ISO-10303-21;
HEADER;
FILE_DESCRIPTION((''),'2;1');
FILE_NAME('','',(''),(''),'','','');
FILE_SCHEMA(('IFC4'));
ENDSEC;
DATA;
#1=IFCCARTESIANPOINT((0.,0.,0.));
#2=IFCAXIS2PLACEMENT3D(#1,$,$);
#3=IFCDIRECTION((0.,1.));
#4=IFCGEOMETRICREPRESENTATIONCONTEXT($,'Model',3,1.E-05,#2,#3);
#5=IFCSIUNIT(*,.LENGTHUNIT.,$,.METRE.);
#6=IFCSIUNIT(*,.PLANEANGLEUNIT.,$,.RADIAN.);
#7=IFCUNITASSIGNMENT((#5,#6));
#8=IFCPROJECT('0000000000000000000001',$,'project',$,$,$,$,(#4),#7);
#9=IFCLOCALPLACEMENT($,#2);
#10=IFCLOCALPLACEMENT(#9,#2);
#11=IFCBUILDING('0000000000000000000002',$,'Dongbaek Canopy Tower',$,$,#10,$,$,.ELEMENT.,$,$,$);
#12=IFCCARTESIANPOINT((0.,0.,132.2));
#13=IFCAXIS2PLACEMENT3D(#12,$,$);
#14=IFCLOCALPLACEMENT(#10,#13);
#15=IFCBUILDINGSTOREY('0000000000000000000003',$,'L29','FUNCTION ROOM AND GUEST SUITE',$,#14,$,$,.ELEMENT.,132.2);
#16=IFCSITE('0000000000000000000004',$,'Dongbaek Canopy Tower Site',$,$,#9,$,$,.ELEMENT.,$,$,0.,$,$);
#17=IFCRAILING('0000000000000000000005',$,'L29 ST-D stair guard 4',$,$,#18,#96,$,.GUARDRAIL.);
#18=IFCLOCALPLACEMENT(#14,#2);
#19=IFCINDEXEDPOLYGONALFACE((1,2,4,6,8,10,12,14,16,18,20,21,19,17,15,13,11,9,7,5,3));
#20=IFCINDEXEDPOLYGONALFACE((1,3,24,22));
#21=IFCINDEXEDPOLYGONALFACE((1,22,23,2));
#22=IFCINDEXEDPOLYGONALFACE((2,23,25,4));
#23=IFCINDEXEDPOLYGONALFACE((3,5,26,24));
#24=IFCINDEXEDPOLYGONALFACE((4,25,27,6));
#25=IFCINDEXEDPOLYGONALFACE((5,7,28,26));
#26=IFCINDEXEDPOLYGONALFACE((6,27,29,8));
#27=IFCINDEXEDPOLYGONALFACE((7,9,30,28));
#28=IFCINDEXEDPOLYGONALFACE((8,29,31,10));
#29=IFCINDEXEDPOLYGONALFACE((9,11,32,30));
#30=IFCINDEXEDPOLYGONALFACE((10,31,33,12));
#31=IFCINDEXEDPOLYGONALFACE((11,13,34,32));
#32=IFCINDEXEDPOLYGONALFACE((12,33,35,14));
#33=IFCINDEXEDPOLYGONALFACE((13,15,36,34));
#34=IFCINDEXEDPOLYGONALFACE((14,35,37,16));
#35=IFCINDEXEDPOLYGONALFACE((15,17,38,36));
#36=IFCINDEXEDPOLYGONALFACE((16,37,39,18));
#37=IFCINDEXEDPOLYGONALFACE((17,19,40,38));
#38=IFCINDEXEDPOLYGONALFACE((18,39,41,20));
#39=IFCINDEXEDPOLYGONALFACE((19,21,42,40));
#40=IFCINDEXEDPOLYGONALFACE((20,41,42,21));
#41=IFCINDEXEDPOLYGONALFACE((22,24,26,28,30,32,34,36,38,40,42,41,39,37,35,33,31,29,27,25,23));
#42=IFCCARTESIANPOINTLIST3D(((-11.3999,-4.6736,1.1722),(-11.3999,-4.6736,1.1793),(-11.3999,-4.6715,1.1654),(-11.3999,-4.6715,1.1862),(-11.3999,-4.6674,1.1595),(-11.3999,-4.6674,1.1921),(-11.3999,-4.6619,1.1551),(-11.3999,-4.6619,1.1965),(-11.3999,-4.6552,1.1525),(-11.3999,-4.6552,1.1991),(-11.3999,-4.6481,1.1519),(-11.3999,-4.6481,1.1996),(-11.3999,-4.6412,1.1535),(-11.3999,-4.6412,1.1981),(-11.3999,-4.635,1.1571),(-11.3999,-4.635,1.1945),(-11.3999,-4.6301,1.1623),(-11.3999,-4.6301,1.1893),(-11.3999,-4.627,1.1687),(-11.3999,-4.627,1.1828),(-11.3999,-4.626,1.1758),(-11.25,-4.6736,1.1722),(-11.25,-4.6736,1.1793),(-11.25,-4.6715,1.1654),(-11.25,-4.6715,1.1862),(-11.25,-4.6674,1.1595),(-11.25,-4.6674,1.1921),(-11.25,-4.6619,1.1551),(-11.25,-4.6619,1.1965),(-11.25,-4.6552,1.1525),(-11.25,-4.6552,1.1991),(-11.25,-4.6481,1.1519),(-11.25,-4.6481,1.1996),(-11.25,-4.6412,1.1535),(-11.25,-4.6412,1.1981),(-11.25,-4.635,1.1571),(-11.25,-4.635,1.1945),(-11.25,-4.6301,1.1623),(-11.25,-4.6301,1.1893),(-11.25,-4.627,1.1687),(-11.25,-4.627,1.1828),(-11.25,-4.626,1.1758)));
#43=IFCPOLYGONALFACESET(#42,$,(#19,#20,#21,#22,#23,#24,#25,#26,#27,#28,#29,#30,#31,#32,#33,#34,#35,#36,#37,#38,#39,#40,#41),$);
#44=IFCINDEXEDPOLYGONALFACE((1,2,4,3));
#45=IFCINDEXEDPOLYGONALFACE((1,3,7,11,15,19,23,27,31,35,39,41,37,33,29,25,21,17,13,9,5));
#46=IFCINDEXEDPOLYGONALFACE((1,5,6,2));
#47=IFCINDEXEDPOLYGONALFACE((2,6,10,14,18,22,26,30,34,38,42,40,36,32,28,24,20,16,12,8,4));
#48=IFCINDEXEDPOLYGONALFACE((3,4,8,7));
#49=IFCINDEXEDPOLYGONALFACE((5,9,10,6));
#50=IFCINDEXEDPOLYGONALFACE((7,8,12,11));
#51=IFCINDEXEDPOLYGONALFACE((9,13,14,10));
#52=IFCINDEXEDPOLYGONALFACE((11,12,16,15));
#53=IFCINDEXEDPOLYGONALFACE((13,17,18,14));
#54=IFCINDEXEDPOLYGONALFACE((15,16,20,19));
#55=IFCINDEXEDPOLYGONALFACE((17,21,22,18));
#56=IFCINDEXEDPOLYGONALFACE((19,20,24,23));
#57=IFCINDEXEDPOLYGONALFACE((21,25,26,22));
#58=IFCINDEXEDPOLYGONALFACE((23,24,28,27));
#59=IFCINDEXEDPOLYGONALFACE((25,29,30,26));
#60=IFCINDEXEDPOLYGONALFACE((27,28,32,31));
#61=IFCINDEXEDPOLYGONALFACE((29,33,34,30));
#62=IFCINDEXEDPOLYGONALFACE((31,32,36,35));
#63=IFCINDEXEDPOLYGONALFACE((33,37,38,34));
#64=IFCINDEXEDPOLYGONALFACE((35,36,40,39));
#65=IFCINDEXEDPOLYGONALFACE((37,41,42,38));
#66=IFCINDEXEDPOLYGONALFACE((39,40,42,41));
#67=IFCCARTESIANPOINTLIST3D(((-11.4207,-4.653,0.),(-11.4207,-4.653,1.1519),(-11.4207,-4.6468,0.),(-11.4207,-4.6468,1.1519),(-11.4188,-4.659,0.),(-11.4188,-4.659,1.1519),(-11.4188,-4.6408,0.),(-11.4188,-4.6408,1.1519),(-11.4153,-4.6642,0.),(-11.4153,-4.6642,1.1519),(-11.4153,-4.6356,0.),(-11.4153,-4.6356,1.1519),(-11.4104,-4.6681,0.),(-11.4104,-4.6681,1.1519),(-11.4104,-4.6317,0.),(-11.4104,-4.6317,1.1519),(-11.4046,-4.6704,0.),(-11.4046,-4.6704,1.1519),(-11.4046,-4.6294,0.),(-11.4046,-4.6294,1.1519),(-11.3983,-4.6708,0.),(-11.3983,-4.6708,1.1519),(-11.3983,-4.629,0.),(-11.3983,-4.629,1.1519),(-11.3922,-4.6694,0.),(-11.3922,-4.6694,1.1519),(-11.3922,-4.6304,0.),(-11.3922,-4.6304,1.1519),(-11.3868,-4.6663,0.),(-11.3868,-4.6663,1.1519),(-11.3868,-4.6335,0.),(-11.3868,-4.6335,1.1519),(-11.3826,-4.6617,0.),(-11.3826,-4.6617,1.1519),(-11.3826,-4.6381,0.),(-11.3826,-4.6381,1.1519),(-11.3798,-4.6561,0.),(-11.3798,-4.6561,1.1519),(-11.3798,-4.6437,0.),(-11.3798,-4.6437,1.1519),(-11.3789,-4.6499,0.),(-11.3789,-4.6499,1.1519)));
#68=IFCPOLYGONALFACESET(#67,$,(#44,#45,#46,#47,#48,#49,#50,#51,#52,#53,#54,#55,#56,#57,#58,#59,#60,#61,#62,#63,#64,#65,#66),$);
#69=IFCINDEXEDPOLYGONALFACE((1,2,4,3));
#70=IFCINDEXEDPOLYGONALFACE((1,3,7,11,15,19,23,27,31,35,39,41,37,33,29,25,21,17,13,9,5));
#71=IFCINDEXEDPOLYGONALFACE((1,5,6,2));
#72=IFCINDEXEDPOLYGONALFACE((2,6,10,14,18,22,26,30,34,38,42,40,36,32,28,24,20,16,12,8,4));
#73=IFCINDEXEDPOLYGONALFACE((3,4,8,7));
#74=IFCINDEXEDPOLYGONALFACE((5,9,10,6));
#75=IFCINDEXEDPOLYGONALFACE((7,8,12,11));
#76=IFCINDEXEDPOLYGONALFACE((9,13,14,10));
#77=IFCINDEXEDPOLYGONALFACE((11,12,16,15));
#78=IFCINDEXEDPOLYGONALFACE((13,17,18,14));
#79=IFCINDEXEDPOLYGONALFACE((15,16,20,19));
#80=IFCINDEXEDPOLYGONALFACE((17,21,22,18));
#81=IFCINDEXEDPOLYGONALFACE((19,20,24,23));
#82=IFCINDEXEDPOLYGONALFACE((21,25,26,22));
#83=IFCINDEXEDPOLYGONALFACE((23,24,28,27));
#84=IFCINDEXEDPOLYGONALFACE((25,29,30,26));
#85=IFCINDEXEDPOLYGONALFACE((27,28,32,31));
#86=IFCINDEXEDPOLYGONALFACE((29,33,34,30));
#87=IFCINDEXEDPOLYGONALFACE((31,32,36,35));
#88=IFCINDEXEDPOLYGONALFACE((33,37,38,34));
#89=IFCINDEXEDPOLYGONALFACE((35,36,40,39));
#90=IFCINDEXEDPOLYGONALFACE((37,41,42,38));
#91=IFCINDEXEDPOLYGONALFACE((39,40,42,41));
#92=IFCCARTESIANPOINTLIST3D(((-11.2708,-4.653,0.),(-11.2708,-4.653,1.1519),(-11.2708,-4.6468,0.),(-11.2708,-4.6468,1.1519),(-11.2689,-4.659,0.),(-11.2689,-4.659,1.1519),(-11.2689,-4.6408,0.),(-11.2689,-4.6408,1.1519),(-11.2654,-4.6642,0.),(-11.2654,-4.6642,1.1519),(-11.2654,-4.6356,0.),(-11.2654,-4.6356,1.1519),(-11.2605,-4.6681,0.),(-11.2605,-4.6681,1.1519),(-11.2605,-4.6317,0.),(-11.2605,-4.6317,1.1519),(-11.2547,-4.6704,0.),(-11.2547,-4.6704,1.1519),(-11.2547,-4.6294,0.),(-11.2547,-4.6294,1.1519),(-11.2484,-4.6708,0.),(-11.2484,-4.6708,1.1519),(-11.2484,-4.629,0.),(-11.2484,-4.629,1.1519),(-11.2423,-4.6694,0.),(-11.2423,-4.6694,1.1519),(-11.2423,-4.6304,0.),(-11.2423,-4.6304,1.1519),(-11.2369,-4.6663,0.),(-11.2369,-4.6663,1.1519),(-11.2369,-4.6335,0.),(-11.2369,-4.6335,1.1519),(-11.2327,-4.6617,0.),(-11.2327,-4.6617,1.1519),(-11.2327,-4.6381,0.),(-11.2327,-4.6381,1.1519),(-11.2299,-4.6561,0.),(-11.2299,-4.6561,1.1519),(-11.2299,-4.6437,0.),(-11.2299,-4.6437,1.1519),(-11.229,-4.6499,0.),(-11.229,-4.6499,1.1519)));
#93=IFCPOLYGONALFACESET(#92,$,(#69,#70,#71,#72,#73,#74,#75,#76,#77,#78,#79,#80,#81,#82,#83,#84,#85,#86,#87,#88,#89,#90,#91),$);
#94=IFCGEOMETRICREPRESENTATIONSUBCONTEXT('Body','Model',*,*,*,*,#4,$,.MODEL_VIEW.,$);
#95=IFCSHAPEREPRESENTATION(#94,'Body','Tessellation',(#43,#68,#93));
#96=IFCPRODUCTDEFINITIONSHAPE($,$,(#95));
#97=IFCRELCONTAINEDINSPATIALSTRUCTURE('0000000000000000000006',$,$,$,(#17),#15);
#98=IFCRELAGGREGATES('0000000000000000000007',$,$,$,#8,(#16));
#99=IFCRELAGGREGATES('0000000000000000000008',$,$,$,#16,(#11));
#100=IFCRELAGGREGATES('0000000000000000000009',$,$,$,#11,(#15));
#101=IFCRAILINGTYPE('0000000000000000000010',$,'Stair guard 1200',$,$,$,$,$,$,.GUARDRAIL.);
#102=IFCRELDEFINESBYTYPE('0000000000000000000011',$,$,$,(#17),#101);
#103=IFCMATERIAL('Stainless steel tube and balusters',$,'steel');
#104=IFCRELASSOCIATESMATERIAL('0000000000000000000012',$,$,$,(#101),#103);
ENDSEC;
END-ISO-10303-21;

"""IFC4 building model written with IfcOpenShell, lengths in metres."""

from ifc_helpers import new_model, si_unit, direction, frame, origin, origin_2d, place, context, subcontext, project, spatial, circle, extrude, material, type_object, element, save


model = new_model("IFC4")

# Units and contexts
model_context = context("Model", 3, precision=1e-05, world=origin(), true_north=direction((0.0, 1.0)))
body_context = subcontext(model_context, "Body", "Model", "MODEL_VIEW")
ifc_project = project(units=[si_unit("LENGTHUNIT", "METRE"), si_unit("PLANEANGLEUNIT", "RADIAN")], contexts=[model_context])

# Site, building, storey
site_placement = place(None, origin())
site = spatial("IfcSite", under=ifc_project, at=site_placement, Name="Dongbaek Canopy Tower Site", CompositionType="ELEMENT", RefElevation=0.0)
building_placement = place(site_placement, origin())
building = spatial("IfcBuilding", under=site, at=building_placement, Name="Dongbaek Canopy Tower", CompositionType="ELEMENT")
storey_placement = place(building_placement, frame((0.0, 0.0, 132.2)))
storey = spatial("IfcBuildingStorey", under=building, at=storey_placement, Name="L29", Description="FUNCTION ROOM AND GUEST SUITE", CompositionType="ELEMENT", Elevation=132.2)

# Railing
ifc_material_1 = material(Name="Stainless steel tube and balusters", Category="steel")
railing_type_1 = type_object("IfcRailingType", Name="Stair guard 1200", PredefinedType="GUARDRAIL", material=ifc_material_1)
railing_1_placement = place(storey_placement, frame((-11.3999, -4.6499, 0.0)))
element("IfcRailing", 1, at=railing_1_placement, inside=storey, type_object=railing_type_1, Name="L29 ST-D stair guard 4", PredefinedType="GUARDRAIL", context=body_context, shape_type="SweptSolid", body=[
    extrude(circle(Radius=0.0239, at=origin_2d()), frame((0.0, 0.0, 1.1758), z_axis=(1.0, 0.0, 0.0), x_axis=(0.0, 1.0, 0.0)), (0.0, 0.0, 1.0), 0.1499),
    extrude(circle(Radius=0.021, at=origin_2d()), origin(), (0.0, 0.0, 1.0), 1.1519),
    extrude(circle(Radius=0.021, at=origin_2d()), frame((0.1499, 0.0, 0.0)), (0.0, 0.0, 1.0), 1.1519),
])

save(model, "model.ifc")
